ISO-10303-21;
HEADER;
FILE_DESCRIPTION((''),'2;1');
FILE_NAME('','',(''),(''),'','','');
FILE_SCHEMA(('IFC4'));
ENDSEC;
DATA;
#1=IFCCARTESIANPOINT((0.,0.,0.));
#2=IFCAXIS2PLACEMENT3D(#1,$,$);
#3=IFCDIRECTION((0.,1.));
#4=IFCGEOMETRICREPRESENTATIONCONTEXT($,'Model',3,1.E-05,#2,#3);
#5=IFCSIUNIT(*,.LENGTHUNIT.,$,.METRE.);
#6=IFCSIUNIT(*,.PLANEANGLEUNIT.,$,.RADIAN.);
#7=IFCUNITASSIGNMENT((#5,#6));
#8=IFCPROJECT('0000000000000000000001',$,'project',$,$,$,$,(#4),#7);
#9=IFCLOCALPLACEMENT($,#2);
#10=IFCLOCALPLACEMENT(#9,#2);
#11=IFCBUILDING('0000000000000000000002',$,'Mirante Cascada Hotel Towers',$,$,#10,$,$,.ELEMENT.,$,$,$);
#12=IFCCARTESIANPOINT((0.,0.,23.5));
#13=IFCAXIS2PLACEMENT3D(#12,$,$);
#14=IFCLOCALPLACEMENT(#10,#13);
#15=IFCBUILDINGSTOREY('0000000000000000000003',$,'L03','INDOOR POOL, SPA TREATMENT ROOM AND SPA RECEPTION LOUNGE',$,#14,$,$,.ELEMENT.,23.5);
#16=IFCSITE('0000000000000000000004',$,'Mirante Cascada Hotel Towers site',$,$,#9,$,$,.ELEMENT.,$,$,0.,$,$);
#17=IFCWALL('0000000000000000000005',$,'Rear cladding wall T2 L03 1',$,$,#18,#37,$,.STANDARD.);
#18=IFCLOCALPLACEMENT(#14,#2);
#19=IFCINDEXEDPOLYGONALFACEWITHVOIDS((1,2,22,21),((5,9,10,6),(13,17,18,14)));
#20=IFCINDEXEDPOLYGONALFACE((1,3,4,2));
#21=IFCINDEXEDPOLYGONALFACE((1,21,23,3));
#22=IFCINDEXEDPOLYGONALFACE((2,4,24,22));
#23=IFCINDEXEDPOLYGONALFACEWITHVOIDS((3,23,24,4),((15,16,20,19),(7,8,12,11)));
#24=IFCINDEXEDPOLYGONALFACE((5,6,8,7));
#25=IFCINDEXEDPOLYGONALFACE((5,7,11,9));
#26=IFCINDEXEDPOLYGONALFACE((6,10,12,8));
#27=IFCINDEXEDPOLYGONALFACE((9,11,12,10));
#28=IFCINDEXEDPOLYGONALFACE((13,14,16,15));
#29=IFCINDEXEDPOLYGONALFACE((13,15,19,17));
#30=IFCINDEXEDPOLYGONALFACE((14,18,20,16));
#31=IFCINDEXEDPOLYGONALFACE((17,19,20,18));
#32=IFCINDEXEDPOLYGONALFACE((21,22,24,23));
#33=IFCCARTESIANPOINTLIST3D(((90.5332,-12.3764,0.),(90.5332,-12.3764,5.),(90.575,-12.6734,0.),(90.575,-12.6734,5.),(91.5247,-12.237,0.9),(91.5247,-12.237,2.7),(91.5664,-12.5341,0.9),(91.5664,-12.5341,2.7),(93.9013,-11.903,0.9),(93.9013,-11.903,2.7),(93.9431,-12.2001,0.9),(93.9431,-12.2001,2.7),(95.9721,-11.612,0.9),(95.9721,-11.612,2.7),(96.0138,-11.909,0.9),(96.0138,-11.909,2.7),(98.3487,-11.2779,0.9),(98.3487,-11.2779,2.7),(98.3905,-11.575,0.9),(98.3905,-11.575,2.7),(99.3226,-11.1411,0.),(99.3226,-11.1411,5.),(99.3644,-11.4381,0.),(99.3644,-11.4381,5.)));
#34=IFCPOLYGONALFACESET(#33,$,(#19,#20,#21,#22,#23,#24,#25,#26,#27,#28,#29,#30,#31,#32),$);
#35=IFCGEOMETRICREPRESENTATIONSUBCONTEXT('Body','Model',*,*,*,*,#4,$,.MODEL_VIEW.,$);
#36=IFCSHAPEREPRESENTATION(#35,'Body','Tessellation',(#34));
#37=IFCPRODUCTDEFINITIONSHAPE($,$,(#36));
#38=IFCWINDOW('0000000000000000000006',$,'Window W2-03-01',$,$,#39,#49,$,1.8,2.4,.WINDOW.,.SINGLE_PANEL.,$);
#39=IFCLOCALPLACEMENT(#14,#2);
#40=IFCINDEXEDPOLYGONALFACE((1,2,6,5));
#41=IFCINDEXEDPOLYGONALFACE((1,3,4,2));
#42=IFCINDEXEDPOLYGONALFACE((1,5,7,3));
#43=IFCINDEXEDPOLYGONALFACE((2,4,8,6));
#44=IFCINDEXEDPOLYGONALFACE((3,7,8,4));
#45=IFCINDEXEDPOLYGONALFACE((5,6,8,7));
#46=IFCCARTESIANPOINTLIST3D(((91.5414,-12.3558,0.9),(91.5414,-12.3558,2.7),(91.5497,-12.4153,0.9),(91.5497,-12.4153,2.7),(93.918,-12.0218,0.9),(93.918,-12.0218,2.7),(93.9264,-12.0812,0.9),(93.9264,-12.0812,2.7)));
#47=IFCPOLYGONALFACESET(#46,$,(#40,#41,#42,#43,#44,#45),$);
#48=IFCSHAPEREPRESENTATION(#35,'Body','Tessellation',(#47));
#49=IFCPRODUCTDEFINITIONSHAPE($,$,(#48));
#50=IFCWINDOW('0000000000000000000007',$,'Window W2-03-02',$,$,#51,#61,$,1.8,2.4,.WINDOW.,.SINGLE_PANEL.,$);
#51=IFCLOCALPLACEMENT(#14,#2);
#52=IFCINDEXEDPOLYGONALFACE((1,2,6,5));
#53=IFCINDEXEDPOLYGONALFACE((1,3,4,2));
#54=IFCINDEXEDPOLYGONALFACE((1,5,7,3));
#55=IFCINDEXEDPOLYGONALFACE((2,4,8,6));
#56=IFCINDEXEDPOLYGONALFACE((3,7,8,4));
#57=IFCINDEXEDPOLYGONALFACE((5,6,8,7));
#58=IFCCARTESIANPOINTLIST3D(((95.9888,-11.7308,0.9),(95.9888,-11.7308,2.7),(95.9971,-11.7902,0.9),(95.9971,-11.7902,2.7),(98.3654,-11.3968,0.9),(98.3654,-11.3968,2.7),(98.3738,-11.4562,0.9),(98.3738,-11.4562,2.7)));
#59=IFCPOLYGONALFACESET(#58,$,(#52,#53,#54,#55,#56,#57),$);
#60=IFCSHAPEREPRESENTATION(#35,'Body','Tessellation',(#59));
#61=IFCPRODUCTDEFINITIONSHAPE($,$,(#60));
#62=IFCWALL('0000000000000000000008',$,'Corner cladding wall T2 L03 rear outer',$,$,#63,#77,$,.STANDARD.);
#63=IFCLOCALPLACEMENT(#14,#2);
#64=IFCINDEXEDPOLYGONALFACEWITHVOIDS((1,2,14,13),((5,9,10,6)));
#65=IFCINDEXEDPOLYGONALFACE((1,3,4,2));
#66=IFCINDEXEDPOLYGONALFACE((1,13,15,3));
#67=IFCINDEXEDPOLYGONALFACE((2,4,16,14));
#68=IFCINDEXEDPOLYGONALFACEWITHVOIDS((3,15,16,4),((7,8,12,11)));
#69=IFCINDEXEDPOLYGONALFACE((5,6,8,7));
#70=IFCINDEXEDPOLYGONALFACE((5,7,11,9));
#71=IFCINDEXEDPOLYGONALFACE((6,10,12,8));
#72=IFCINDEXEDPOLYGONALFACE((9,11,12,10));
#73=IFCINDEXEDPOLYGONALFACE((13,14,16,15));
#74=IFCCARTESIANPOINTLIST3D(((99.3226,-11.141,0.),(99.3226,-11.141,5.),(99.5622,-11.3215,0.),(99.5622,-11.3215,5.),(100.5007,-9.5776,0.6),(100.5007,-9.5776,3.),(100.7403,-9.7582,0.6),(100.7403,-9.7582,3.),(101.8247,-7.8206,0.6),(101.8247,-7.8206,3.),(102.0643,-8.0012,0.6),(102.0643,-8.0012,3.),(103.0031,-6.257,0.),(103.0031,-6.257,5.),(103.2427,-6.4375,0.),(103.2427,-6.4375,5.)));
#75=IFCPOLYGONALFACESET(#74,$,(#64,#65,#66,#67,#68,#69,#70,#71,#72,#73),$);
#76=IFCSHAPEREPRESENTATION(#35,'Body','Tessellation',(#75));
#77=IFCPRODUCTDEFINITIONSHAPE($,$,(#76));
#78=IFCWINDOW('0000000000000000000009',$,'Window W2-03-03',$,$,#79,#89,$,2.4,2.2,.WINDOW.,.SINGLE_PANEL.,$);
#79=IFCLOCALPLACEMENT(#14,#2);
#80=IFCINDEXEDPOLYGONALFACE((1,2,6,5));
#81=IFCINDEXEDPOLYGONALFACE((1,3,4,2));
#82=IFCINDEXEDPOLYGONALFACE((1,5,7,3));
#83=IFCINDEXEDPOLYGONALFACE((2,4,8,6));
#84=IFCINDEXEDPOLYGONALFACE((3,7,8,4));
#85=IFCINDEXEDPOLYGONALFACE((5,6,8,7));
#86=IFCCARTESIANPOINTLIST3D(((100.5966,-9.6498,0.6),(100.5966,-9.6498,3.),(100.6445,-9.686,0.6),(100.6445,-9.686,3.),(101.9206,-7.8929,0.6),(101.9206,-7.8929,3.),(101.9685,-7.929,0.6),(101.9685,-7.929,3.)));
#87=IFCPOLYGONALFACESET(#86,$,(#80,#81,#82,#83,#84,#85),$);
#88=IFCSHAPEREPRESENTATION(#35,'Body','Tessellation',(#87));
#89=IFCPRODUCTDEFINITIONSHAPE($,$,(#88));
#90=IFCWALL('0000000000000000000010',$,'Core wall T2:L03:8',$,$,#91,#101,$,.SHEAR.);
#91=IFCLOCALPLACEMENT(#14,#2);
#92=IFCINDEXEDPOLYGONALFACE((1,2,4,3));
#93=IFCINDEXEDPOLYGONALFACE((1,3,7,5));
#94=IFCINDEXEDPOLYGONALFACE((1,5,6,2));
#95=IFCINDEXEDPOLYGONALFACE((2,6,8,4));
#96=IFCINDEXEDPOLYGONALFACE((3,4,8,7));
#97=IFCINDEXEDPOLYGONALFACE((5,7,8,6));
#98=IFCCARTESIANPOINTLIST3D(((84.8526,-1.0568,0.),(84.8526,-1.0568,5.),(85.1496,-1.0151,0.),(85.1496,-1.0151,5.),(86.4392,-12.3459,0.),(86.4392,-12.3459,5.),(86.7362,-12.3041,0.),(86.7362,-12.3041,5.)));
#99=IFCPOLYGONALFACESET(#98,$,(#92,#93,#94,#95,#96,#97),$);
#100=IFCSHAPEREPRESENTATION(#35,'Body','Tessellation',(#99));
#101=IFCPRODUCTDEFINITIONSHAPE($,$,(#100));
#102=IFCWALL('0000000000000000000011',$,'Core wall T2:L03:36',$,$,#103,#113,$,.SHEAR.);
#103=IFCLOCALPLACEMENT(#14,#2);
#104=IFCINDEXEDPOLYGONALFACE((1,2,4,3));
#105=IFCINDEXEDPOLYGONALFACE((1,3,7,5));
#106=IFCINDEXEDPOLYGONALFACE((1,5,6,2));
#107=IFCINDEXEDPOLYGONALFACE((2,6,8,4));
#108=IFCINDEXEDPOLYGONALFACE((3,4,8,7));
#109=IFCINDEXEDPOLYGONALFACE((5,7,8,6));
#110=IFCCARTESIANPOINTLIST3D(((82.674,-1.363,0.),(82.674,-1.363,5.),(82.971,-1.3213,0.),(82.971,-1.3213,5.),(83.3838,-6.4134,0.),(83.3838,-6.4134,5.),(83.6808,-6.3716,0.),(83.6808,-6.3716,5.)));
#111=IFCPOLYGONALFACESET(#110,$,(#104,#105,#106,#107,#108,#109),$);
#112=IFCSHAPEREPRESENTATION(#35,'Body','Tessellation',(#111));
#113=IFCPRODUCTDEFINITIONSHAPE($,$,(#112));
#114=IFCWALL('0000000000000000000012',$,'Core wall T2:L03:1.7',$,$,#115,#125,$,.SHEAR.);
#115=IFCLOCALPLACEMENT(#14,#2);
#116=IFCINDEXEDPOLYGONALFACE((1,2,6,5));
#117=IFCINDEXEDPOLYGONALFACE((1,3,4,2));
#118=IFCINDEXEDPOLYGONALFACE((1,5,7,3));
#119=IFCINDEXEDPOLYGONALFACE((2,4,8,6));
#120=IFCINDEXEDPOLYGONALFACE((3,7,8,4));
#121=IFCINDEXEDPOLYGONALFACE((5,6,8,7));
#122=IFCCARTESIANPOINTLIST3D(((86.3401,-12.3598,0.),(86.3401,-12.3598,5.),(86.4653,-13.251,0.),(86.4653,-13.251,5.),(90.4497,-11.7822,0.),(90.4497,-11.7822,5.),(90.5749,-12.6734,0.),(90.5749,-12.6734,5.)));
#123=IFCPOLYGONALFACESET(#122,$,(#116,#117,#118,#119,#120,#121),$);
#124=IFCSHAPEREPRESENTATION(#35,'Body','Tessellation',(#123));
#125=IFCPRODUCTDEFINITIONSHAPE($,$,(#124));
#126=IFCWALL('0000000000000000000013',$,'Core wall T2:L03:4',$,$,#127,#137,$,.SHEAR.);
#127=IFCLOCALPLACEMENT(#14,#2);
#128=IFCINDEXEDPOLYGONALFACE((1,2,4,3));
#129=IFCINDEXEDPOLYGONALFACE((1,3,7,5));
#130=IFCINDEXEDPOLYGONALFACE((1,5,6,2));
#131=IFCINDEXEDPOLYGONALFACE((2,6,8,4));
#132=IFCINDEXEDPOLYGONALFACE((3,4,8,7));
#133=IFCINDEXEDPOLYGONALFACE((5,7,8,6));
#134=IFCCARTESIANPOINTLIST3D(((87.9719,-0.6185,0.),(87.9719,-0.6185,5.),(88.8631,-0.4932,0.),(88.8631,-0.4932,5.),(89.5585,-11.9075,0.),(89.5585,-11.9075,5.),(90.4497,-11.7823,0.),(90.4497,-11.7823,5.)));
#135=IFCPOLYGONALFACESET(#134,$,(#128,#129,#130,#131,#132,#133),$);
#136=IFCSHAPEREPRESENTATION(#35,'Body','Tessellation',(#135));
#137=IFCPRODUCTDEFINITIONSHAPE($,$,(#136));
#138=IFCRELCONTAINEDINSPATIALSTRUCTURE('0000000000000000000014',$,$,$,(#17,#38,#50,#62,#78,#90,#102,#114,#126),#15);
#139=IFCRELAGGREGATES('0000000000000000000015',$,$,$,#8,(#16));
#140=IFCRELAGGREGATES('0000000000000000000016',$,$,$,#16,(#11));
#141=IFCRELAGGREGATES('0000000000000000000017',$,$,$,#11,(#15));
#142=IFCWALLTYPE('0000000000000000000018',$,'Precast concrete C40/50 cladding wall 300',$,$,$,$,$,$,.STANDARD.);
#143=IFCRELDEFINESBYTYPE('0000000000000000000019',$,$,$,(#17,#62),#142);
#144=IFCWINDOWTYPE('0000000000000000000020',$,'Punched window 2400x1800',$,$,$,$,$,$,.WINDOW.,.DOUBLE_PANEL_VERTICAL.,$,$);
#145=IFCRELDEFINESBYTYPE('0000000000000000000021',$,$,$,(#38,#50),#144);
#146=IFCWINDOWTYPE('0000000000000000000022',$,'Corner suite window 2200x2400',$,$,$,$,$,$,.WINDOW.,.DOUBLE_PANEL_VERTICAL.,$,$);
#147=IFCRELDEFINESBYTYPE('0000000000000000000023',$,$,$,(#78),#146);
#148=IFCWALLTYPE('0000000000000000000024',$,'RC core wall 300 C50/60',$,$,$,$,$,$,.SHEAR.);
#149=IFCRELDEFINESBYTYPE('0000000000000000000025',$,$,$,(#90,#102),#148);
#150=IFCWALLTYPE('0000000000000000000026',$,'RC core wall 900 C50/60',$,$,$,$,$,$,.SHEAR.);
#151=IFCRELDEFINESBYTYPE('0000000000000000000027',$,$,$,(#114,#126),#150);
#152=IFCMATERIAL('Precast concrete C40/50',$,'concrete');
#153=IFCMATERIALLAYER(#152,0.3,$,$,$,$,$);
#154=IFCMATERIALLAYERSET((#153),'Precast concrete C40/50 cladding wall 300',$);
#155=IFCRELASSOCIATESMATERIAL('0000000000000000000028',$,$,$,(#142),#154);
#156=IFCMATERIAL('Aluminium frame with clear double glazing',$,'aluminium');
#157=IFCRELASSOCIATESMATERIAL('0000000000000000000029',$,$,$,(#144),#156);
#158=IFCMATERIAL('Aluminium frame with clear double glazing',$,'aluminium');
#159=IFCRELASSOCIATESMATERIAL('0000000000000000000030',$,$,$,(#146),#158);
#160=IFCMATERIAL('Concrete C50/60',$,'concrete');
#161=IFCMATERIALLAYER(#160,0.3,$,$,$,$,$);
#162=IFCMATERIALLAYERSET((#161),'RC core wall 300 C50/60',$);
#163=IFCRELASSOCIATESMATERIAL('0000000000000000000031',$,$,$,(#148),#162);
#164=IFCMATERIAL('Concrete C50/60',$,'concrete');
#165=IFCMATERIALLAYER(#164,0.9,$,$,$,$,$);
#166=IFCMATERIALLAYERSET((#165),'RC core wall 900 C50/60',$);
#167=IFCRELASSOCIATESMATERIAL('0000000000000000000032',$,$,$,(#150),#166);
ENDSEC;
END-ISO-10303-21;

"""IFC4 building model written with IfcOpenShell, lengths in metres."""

from ifc_helpers import new_model, si_unit, direction, frame, frame_2d, origin, place, context, subcontext, project, spatial, rectangle, extrude, material, layer, layer_set, type_object, element, fill, save


model = new_model("IFC4")

# Units and contexts
model_context = context("Model", 3, precision=1e-05, world=origin(), true_north=direction((0.0, 1.0)))
body_context = subcontext(model_context, "Body", "Model", "MODEL_VIEW")
ifc_project = project(units=[si_unit("LENGTHUNIT", "METRE"), si_unit("PLANEANGLEUNIT", "RADIAN")], contexts=[model_context])

# Site, building, storey
site_placement = place(None, origin())
site = spatial("IfcSite", under=ifc_project, at=site_placement, Name="Mirante Cascada Hotel Towers site", CompositionType="ELEMENT", RefElevation=0.0)
building_placement = place(site_placement, origin())
building = spatial("IfcBuilding", under=site, at=building_placement, Name="Mirante Cascada Hotel Towers", CompositionType="ELEMENT")
storey_placement = place(building_placement, frame((0.0, 0.0, 23.5)))
storey = spatial("IfcBuildingStorey", under=building, at=storey_placement, Name="L03", Description="INDOOR POOL, SPA TREATMENT ROOM AND SPA RECEPTION LOUNGE", CompositionType="ELEMENT", Elevation=23.5)

# Wall, openings, windows
ifc_material_1 = material(Name="Precast concrete C40/50", Category="concrete")
ifc_layer_1 = layer(ifc_material_1, 0.3)
ifc_layer_set_1 = layer_set([ifc_layer_1], Name="Precast concrete C40/50 cladding wall 300")
wall_type_1 = type_object("IfcWallType", Name="Precast concrete C40/50 cladding wall 300", PredefinedType="STANDARD", material=ifc_layer_set_1)
wall_1_placement = place(storey_placement, frame((90.5541, -12.5249, 0.0), z_axis=(0.0, 0.0, 1.0), x_axis=(0.990268, 0.139177, 0.0)))
wall_1 = element("IfcWall", 1, at=wall_1_placement, inside=storey, type_object=wall_type_1, Name="Rear cladding wall T2 L03 1", PredefinedType="STANDARD", context=body_context, shape_type="SweptSolid", body=[
    extrude(rectangle(XDim=8.8758, YDim=0.3, at=frame_2d((4.4379, 0.0))), origin(), (0.0, 0.0, 1.0), 5.0),
])
opening_1_placement = place(wall_1_placement, frame((1.0012, 0.0, 0.9)))
opening_1 = element("IfcOpeningElement", 2, at=opening_1_placement, cuts=wall_1, PredefinedType="OPENING", context=body_context, shape_type="SweptSolid", body=[
    extrude(rectangle(XDim=2.4, YDim=1.8, at=frame_2d((1.2, 0.9))), frame((0.0, 0.15, 0.0), z_axis=(0.0, -1.0, 0.0), x_axis=(1.0, 0.0, 0.0)), (0.0, 0.0, 1.0), 0.3),
])
opening_2_placement = place(wall_1_placement, frame((5.4923, 0.0, 0.9)))
opening_2 = element("IfcOpeningElement", 3, at=opening_2_placement, cuts=wall_1, PredefinedType="OPENING", context=body_context, shape_type="SweptSolid", body=[
    extrude(rectangle(XDim=2.4, YDim=1.8, at=frame_2d((1.2, 0.9))), frame((0.0, 0.15, 0.0), z_axis=(0.0, -1.0, 0.0), x_axis=(1.0, 0.0, 0.0)), (0.0, 0.0, 1.0), 0.3),
])
ifc_material_2 = material(Name="Aluminium frame with clear double glazing", Category="aluminium")
window_type_1 = type_object("IfcWindowType", Name="Punched window 2400x1800", PartitioningType="DOUBLE_PANEL_VERTICAL", PredefinedType="WINDOW", material=ifc_material_2)
window_1_placement = place(opening_1_placement, origin())
window_1 = element("IfcWindow", 4, at=window_1_placement, inside=storey, type_object=window_type_1, Name="Window W2-03-01", OverallHeight=1.8, OverallWidth=2.4, PartitioningType="SINGLE_PANEL", PredefinedType="WINDOW", context=body_context, shape_type="SweptSolid", body=[
    extrude(rectangle(XDim=2.4, YDim=1.8, at=frame_2d((1.2, 0.9))), frame((0.0, 0.03, 0.0), z_axis=(0.0, -1.0, 0.0), x_axis=(1.0, 0.0, 0.0)), (0.0, 0.0, 1.0), 0.06),
])
fill(opening_1, window_1)
window_2_placement = place(opening_2_placement, origin())
window_2 = element("IfcWindow", 5, at=window_2_placement, inside=storey, type_object=window_type_1, Name="Window W2-03-02", OverallHeight=1.8, OverallWidth=2.4, PartitioningType="SINGLE_PANEL", PredefinedType="WINDOW", context=body_context, shape_type="SweptSolid", body=[
    extrude(rectangle(XDim=2.4, YDim=1.8, at=frame_2d((1.2, 0.9))), frame((0.0, 0.03, 0.0), z_axis=(0.0, -1.0, 0.0), x_axis=(1.0, 0.0, 0.0)), (0.0, 0.0, 1.0), 0.06),
])
fill(opening_2, window_2)

# Wall, opening, window
wall_2_placement = place(storey_placement, frame((99.4424, -11.2313, 0.0), z_axis=(0.0, 0.0, 1.0), x_axis=(0.601819, 0.798632, 0.0)))
wall_2 = element("IfcWall", 6, at=wall_2_placement, inside=storey, type_object=wall_type_1, Name="Corner cladding wall T2 L03 rear outer", PredefinedType="STANDARD", context=body_context, shape_type="SweptSolid", body=[
    extrude(rectangle(XDim=6.1155, YDim=0.3, at=frame_2d((3.0578, 0.0))), origin(), (0.0, 0.0, 1.0), 5.0),
])
opening_3_placement = place(wall_2_placement, frame((1.9576, 0.0, 0.6)))
opening_3 = element("IfcOpeningElement", 7, at=opening_3_placement, cuts=wall_2, PredefinedType="OPENING", context=body_context, shape_type="SweptSolid", body=[
    extrude(rectangle(XDim=2.2, YDim=2.4, at=frame_2d((1.1, 1.2))), frame((0.0, 0.15, 0.0), z_axis=(0.0, -1.0, 0.0), x_axis=(1.0, 0.0, 0.0)), (0.0, 0.0, 1.0), 0.3),
])
ifc_material_3 = material(Name="Aluminium frame with clear double glazing", Category="aluminium")
window_type_2 = type_object("IfcWindowType", Name="Corner suite window 2200x2400", PartitioningType="DOUBLE_PANEL_VERTICAL", PredefinedType="WINDOW", material=ifc_material_3)
window_3_placement = place(opening_3_placement, origin())
window_3 = element("IfcWindow", 8, at=window_3_placement, inside=storey, type_object=window_type_2, Name="Window W2-03-03", OverallHeight=2.4, OverallWidth=2.2, PartitioningType="SINGLE_PANEL", PredefinedType="WINDOW", context=body_context, shape_type="SweptSolid", body=[
    extrude(rectangle(XDim=2.2, YDim=2.4, at=frame_2d((1.1, 1.2))), frame((0.0, 0.03, 0.0), z_axis=(0.0, -1.0, 0.0), x_axis=(1.0, 0.0, 0.0)), (0.0, 0.0, 1.0), 0.06),
])
fill(opening_3, window_3)

# Walls
ifc_material_4 = material(Name="Concrete C50/60", Category="concrete")
ifc_layer_2 = layer(ifc_material_4, 0.3)
ifc_layer_set_2 = layer_set([ifc_layer_2], Name="RC core wall 300 C50/60")
wall_type_2 = type_object("IfcWallType", Name="RC core wall 300 C50/60", PredefinedType="SHEAR", material=ifc_layer_set_2)
wall_3_placement = place(storey_placement, frame((86.5877, -12.325, 0.0), z_axis=(0.0, 0.0, 1.0), x_axis=(-0.139175, 0.990268, 0.0)))
element("IfcWall", 9, at=wall_3_placement, inside=storey, type_object=wall_type_2, Name="Core wall T2:L03:8", PredefinedType="SHEAR", context=body_context, shape_type="SweptSolid", body=[
    extrude(rectangle(XDim=11.4, YDim=0.3, at=frame_2d((5.7, 0.0))), origin(), (0.0, 0.0, 1.0), 5.0),
])
wall_4_placement = place(storey_placement, frame((83.5323, -6.3925, 0.0), z_axis=(0.0, 0.0, 1.0), x_axis=(-0.139176, 0.990268, 0.0)))
element("IfcWall", 10, at=wall_4_placement, inside=storey, type_object=wall_type_2, Name="Core wall T2:L03:36", PredefinedType="SHEAR", context=body_context, shape_type="SweptSolid", body=[
    extrude(rectangle(XDim=5.1, YDim=0.3, at=frame_2d((2.55, 0.0))), origin(), (0.0, 0.0, 1.0), 5.0),
])
ifc_material_5 = material(Name="Concrete C50/60", Category="concrete")
ifc_layer_3 = layer(ifc_material_5, 0.9)
ifc_layer_set_3 = layer_set([ifc_layer_3], Name="RC core wall 900 C50/60")
wall_type_3 = type_object("IfcWallType", Name="RC core wall 900 C50/60", PredefinedType="SHEAR", material=ifc_layer_set_3)
wall_5_placement = place(storey_placement, frame((86.4027, -12.8054, 0.0), z_axis=(0.0, 0.0, 1.0), x_axis=(0.990267, 0.139181, 0.0)))
element("IfcWall", 11, at=wall_5_placement, inside=storey, type_object=wall_type_3, Name="Core wall T2:L03:1.7", PredefinedType="SHEAR", context=body_context, shape_type="SweptSolid", body=[
    extrude(rectangle(XDim=4.15, YDim=0.9, at=frame_2d((2.075, 0.0))), origin(), (0.0, 0.0, 1.0), 5.0),
])
wall_6_placement = place(storey_placement, frame((90.0041, -11.8449, 0.0), z_axis=(0.0, 0.0, 1.0), x_axis=(-0.139175, 0.990268, 0.0)))
element("IfcWall", 12, at=wall_6_placement, inside=storey, type_object=wall_type_3, Name="Core wall T2:L03:4", PredefinedType="SHEAR", context=body_context, shape_type="SweptSolid", body=[
    extrude(rectangle(XDim=11.4, YDim=0.9, at=frame_2d((5.7, 0.0))), origin(), (0.0, 0.0, 1.0), 5.0),
])

save(model, "model.ifc")
